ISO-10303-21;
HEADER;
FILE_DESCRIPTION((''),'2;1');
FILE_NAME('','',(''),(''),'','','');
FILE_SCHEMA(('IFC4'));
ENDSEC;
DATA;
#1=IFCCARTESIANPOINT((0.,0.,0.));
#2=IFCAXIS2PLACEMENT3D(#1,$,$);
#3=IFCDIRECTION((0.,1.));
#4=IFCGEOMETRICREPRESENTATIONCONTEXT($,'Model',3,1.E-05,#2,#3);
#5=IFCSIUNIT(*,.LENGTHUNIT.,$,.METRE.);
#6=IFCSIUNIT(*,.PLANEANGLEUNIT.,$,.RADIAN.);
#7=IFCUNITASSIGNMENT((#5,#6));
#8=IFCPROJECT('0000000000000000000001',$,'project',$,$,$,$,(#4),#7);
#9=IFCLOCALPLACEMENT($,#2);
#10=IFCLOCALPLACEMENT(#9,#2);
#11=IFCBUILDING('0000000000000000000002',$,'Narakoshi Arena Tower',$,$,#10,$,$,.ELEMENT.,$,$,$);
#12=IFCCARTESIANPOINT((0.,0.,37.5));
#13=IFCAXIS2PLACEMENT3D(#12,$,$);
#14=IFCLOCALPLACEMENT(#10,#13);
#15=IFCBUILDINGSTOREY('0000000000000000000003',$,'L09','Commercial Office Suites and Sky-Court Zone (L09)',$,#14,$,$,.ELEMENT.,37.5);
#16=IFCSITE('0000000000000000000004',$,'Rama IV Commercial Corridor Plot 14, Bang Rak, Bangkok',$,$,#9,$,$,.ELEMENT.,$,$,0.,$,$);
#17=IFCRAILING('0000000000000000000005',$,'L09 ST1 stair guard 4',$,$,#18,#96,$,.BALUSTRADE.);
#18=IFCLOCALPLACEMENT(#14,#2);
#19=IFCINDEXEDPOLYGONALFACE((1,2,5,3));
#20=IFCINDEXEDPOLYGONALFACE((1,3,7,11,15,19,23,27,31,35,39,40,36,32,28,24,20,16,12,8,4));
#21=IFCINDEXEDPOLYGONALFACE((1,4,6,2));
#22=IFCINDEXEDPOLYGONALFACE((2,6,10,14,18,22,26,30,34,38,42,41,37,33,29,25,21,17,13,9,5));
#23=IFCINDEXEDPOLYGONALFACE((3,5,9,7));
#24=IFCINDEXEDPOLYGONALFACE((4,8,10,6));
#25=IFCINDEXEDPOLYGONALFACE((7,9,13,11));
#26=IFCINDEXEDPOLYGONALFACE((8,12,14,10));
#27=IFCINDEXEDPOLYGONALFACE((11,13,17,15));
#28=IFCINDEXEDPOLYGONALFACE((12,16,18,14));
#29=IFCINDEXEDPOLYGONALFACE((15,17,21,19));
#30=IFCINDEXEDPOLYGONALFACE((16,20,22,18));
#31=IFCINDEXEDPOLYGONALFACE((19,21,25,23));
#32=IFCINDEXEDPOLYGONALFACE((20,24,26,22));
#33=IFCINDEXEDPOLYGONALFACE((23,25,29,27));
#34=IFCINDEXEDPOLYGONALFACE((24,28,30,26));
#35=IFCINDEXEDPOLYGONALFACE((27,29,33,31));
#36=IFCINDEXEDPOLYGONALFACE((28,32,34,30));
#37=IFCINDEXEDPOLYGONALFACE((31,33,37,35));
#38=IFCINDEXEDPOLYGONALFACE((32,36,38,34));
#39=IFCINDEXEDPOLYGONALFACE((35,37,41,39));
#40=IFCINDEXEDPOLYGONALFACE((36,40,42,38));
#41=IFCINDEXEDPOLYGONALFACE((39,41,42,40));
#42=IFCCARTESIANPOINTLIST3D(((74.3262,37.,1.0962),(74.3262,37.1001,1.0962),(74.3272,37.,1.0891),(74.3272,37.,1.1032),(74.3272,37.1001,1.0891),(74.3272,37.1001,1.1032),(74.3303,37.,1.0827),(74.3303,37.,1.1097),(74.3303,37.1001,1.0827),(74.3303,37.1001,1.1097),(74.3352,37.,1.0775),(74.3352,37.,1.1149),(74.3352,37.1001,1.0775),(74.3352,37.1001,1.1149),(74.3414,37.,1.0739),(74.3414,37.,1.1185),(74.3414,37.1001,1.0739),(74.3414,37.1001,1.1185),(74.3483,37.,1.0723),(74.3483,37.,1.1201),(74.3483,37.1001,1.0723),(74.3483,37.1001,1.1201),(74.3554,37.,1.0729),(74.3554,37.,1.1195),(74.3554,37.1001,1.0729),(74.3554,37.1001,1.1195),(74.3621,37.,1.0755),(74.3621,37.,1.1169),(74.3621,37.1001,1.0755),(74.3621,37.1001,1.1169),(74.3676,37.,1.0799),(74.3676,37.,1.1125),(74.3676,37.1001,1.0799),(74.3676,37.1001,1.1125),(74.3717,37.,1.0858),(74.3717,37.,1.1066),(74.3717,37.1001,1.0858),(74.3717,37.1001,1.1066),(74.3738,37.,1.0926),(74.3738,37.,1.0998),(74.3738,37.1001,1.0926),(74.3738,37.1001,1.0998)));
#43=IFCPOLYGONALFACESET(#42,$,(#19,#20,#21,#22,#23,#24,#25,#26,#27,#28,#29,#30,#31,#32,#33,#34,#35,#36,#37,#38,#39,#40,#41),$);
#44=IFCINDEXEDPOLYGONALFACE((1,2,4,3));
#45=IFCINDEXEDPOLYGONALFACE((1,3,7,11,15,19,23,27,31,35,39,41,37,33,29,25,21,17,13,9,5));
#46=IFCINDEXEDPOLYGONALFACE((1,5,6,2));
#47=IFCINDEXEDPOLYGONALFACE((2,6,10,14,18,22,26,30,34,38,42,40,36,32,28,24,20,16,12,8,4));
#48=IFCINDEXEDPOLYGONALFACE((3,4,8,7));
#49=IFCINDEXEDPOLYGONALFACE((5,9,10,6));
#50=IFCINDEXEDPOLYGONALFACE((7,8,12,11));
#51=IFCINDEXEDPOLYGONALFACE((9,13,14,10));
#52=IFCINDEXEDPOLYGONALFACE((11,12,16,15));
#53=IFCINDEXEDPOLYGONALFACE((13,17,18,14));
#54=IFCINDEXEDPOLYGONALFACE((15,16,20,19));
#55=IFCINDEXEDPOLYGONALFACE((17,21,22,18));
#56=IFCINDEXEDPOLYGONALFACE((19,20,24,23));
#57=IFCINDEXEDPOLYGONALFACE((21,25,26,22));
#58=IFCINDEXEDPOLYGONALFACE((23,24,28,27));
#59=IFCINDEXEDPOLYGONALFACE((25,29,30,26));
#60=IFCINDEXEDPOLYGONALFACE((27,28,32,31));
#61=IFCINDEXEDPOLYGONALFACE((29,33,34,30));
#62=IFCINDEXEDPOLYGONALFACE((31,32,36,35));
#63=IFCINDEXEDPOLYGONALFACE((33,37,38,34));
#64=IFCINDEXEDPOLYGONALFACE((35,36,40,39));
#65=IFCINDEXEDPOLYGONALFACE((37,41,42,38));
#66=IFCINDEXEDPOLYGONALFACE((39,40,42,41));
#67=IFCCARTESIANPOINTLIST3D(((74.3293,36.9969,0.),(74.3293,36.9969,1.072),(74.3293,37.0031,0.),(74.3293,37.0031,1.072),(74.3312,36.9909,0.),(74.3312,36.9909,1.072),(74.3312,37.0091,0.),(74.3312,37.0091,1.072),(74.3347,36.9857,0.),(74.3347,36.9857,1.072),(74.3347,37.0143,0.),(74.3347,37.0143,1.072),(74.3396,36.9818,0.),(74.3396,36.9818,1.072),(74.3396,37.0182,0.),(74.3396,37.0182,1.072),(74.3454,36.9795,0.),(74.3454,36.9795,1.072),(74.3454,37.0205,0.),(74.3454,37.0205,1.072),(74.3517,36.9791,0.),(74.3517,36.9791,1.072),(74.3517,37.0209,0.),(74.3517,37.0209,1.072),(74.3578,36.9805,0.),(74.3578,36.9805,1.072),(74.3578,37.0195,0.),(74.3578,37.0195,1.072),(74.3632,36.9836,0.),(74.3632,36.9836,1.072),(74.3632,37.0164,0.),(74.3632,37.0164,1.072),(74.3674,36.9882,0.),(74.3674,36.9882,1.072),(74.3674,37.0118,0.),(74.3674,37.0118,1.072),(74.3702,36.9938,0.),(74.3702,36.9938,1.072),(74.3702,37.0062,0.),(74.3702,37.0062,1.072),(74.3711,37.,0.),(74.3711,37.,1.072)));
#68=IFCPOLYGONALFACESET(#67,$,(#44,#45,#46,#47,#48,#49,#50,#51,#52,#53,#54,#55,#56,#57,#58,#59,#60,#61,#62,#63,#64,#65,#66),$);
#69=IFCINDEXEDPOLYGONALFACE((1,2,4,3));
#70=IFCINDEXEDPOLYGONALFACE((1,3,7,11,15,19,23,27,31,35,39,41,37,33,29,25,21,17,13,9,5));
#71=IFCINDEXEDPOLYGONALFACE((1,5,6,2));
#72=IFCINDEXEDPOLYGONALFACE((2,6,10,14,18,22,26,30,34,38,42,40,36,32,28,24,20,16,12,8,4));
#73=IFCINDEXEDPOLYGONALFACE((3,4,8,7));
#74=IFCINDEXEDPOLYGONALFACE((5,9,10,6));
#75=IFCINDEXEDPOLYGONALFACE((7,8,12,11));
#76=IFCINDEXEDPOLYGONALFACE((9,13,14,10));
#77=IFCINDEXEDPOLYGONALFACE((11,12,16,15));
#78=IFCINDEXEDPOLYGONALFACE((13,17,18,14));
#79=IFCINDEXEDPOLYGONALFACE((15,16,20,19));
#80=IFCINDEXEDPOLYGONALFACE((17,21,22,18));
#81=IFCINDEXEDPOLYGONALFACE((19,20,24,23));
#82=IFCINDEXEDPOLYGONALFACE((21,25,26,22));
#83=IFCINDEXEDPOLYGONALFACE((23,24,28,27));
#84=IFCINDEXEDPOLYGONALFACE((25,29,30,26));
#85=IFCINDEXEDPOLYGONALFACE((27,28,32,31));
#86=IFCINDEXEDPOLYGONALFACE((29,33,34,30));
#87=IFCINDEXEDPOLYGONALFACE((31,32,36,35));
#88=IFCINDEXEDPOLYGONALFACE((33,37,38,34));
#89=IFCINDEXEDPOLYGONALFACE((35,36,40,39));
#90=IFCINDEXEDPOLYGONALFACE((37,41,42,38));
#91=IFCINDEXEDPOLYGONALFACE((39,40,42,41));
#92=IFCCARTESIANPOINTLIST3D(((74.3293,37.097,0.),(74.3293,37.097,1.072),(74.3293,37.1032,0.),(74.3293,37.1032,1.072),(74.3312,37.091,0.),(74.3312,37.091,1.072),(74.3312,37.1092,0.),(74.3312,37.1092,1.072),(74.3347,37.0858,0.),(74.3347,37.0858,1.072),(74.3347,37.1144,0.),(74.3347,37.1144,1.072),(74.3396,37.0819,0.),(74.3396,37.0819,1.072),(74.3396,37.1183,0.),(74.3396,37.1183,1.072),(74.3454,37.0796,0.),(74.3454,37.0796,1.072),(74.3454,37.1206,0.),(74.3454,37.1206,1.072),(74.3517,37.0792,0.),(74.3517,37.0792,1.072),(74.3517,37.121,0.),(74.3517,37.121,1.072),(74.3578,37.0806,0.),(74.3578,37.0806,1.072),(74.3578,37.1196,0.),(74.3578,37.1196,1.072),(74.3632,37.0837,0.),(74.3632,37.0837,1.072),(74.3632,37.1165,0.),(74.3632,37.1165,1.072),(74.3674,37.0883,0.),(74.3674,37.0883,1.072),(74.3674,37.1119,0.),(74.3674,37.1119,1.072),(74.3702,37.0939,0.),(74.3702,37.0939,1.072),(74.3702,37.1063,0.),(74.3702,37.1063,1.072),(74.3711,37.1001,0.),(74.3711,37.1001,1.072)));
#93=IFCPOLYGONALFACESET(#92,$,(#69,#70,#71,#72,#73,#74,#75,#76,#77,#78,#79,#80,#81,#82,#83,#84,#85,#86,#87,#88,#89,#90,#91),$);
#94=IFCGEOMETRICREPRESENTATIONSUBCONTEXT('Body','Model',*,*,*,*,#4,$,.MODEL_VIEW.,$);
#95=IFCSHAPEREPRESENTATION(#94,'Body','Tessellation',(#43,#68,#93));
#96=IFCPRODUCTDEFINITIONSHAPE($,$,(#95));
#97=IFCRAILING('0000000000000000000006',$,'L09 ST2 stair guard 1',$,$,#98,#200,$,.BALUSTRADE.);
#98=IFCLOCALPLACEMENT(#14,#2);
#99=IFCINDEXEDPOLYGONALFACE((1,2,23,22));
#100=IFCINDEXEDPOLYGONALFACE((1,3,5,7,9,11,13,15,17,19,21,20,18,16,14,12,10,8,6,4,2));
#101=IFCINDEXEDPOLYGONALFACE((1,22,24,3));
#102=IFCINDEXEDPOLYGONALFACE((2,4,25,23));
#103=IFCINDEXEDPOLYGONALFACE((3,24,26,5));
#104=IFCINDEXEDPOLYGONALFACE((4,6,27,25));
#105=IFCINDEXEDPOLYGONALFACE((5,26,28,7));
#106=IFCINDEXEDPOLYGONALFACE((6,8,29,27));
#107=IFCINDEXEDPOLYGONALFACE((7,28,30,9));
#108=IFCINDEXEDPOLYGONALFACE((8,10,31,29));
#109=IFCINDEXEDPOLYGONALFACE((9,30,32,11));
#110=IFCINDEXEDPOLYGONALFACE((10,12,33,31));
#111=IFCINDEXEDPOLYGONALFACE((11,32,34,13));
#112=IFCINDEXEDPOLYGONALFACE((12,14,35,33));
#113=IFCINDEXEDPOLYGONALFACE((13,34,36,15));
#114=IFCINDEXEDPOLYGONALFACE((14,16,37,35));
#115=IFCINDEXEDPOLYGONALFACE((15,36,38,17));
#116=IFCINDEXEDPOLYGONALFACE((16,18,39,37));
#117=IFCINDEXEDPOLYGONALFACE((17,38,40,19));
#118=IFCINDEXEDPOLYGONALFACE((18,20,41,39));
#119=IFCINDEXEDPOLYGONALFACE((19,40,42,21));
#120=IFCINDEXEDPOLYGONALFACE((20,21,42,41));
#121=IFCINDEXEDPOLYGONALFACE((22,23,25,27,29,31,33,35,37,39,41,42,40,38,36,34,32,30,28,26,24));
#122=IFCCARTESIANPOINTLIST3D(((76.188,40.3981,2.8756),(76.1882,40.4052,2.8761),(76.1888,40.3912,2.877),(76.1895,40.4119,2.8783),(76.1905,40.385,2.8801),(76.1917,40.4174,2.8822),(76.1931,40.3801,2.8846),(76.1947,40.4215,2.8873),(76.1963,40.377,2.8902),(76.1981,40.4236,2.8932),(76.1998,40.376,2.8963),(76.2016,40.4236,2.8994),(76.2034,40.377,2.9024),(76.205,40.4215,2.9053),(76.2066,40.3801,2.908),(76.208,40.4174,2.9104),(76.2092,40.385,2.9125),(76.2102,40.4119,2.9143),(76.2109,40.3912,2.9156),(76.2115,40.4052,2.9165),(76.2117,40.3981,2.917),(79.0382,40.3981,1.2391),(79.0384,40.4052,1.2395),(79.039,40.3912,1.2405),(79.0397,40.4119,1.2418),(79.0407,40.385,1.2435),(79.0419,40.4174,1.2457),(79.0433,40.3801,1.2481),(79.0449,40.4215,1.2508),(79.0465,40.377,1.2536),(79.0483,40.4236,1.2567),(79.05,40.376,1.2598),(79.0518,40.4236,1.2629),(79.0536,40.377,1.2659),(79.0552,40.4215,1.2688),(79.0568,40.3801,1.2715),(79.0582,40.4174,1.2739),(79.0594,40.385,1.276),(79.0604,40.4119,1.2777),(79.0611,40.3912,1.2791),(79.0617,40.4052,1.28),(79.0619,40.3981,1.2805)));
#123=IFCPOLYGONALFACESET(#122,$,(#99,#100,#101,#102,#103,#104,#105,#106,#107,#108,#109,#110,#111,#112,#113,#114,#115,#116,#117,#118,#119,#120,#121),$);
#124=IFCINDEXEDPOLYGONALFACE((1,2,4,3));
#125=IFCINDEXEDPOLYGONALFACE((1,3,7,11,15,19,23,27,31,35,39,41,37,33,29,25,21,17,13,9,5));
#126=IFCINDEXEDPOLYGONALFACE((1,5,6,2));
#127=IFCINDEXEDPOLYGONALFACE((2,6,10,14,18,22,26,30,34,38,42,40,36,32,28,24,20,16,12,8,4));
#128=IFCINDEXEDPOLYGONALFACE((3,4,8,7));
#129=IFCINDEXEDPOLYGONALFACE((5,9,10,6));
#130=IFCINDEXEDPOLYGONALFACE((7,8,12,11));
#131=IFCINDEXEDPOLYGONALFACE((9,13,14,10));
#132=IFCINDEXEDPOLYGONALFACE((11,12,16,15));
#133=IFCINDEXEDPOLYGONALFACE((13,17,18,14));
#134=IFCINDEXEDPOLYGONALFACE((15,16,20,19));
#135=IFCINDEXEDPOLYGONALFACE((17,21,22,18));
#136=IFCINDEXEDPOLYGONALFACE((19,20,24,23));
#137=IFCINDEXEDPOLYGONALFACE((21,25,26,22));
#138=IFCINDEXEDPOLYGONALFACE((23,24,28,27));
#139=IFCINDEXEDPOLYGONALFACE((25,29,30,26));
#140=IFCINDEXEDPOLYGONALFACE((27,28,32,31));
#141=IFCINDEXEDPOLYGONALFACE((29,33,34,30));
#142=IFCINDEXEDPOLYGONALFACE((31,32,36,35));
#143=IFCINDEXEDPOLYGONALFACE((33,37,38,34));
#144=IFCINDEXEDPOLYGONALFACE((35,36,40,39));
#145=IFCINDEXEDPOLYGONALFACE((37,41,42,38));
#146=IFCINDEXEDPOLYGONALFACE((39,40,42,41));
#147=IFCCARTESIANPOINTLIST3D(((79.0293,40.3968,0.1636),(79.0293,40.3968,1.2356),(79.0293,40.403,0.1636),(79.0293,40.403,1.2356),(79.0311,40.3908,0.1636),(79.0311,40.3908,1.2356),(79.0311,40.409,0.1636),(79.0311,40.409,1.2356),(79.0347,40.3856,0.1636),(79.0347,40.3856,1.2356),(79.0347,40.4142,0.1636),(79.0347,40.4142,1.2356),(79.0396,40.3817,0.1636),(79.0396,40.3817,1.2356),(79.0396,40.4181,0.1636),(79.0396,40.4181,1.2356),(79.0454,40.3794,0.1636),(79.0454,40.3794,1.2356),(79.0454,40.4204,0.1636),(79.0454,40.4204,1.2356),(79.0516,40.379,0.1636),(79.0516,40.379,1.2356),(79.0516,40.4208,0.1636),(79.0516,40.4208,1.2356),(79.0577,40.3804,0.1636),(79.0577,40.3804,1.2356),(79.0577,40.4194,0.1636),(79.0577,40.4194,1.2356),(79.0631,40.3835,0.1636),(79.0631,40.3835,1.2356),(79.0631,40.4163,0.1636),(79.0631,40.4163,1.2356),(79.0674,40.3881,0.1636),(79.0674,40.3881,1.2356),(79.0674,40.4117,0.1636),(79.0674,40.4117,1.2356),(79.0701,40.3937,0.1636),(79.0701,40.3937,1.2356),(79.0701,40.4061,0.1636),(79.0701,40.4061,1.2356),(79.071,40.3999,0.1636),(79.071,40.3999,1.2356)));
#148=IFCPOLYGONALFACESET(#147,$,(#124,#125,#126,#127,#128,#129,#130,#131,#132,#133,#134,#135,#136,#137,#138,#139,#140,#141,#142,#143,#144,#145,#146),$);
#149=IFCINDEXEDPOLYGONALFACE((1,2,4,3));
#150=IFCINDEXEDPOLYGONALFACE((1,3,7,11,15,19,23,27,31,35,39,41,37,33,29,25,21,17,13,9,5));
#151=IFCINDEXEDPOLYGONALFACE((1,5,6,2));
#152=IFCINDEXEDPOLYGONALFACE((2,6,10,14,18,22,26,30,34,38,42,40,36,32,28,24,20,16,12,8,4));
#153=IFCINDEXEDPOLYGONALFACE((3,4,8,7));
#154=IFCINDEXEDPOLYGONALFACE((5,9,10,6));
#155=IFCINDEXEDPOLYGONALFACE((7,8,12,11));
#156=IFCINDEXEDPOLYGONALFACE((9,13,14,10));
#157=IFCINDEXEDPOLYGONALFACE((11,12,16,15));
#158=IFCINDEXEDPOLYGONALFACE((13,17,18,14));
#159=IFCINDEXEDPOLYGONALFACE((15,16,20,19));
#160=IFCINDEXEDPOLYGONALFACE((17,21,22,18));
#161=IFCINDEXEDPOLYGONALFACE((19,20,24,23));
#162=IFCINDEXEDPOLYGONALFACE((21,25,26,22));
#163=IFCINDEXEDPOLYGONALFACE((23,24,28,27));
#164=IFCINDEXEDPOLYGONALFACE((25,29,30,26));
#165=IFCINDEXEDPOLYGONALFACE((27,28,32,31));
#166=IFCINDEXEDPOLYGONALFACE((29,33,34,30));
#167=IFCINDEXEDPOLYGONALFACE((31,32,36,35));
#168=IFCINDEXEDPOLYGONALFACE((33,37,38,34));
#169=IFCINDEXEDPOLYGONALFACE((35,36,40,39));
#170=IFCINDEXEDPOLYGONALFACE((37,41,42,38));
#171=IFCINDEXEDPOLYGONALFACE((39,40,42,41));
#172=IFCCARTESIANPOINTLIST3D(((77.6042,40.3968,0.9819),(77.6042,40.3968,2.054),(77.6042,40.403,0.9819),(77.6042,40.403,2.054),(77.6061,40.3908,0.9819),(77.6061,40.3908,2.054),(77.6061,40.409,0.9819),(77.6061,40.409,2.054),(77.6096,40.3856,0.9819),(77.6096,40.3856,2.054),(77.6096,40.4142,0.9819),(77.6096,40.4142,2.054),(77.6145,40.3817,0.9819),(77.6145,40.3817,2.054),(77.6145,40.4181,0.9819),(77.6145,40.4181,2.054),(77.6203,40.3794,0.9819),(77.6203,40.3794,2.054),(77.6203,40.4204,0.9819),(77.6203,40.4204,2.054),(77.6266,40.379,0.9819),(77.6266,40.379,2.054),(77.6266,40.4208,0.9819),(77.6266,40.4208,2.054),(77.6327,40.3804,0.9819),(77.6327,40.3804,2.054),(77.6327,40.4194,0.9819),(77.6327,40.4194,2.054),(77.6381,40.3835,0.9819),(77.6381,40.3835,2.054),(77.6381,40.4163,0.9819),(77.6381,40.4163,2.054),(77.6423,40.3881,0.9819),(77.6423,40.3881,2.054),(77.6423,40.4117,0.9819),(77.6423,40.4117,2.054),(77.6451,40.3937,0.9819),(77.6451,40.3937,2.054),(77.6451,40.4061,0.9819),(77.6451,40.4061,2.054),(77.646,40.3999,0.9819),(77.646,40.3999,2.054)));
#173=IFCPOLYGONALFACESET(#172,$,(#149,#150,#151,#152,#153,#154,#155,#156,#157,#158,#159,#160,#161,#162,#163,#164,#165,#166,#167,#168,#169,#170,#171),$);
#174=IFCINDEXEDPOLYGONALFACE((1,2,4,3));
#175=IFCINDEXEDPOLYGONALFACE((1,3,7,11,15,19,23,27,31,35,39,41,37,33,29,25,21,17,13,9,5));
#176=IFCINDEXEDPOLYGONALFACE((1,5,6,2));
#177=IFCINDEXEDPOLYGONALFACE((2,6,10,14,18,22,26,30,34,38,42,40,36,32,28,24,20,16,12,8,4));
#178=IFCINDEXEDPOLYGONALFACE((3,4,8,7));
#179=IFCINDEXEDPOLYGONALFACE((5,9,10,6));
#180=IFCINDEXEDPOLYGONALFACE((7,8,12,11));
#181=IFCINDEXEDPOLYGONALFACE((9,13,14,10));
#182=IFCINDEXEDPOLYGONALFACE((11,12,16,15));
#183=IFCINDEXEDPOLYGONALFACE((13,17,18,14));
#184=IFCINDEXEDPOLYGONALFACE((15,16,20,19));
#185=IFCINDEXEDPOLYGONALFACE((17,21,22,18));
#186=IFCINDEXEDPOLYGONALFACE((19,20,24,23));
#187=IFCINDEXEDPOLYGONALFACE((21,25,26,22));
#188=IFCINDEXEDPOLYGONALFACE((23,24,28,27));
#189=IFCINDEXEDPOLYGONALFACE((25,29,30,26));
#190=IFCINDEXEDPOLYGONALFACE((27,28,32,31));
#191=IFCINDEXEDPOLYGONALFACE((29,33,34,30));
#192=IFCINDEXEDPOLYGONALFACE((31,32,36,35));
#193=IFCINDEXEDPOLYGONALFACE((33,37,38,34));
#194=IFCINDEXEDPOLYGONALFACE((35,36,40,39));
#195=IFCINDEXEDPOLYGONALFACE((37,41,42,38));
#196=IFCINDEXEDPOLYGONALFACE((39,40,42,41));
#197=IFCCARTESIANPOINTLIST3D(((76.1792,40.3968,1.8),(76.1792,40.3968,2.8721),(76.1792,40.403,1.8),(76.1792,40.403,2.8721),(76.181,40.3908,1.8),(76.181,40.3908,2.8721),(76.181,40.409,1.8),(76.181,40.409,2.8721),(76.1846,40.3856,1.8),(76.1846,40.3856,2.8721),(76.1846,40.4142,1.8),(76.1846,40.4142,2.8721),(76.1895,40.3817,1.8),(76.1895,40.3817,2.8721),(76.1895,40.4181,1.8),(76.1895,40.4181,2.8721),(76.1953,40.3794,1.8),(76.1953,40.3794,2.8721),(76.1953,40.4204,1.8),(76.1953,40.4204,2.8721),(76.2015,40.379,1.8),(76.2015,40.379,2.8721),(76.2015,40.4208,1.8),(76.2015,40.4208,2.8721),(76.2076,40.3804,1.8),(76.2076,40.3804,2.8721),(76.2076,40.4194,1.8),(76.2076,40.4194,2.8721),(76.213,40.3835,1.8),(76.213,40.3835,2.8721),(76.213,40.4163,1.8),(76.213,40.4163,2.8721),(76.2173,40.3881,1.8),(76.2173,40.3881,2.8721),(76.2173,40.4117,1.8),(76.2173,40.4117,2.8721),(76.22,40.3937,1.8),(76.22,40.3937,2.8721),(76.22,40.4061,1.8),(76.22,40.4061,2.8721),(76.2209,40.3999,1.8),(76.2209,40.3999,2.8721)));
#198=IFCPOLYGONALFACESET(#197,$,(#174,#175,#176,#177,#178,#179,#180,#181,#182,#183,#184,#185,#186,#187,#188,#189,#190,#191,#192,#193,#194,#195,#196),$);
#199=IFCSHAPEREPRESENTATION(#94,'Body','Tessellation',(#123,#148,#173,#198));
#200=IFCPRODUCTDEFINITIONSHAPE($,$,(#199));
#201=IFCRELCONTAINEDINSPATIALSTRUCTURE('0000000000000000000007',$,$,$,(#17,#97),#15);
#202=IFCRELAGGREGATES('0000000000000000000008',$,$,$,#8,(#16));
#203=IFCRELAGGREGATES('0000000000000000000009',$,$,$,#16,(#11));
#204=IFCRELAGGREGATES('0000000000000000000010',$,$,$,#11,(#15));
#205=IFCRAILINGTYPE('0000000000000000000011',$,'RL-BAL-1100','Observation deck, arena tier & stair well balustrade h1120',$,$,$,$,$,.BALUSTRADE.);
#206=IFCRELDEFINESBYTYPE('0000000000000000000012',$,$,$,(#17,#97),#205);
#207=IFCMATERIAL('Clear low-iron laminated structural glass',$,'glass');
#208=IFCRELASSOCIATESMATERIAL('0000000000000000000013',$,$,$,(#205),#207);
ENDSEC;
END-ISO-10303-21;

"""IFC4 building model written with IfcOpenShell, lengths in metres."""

from ifc_helpers import new_model, si_unit, direction, frame, origin, origin_2d, place, context, subcontext, project, spatial, circle, extrude, material, type_object, element, save


model = new_model("IFC4")

# Units and contexts
model_context = context("Model", 3, precision=1e-05, world=origin(), true_north=direction((0.0, 1.0)))
body_context = subcontext(model_context, "Body", "Model", "MODEL_VIEW")
ifc_project = project(units=[si_unit("LENGTHUNIT", "METRE"), si_unit("PLANEANGLEUNIT", "RADIAN")], contexts=[model_context])

# Site, building, storey
site_placement = place(None, origin())
site = spatial("IfcSite", under=ifc_project, at=site_placement, Name="Rama IV Commercial Corridor Plot 14, Bang Rak, Bangkok", CompositionType="ELEMENT", RefElevation=0.0)
building_placement = place(site_placement, origin())
building = spatial("IfcBuilding", under=site, at=building_placement, Name="Narakoshi Arena Tower", CompositionType="ELEMENT")
storey_placement = place(building_placement, frame((0.0, 0.0, 37.5)))
storey = spatial("IfcBuildingStorey", under=building, at=storey_placement, Name="L09", Description="Commercial Office Suites and Sky-Court Zone (L09)", CompositionType="ELEMENT", Elevation=37.5)

# Railings
ifc_material_1 = material(Name="Clear low-iron laminated structural glass", Category="glass")
railing_type_1 = type_object("IfcRailingType", Name="RL-BAL-1100", Description="Observation deck, arena tier & stair well balustrade h1120", PredefinedType="BALUSTRADE", material=ifc_material_1)
railing_1_placement = place(storey_placement, frame((74.3501, 37.0, 0.0)))
element("IfcRailing", 1, at=railing_1_placement, inside=storey, type_object=railing_type_1, Name="L09 ST1 stair guard 4", PredefinedType="BALUSTRADE", context=body_context, shape_type="SweptSolid", body=[
    extrude(circle(Radius=0.0239, at=origin_2d()), frame((0.0, 0.0, 1.0962), z_axis=(0.0, 1.0, 0.0), x_axis=(-1.0, 0.0, 0.0)), (0.0, 0.0, 1.0), 0.1001),
    extrude(circle(Radius=0.021, at=origin_2d()), origin(), (0.0, 0.0, 1.0), 1.072),
    extrude(circle(Radius=0.021, at=origin_2d()), frame((0.0, 0.1001, 0.0)), (0.0, 0.0, 1.0), 1.072),
])
railing_2_placement = place(storey_placement, frame((79.05, 40.3999, 0.1636)))
element("IfcRailing", 2, at=railing_2_placement, inside=storey, type_object=railing_type_1, Name="L09 ST2 stair guard 1", PredefinedType="BALUSTRADE", context=body_context, shape_type="SweptSolid", body=[
    extrude(circle(Radius=0.0239, at=origin_2d()), frame((0.0, 0.0, 1.0962), z_axis=(-0.867213, 0.0, 0.497938), x_axis=(0.0, -1.0, 0.0)), (0.0, 0.0, 1.0), 3.2866),
    extrude(circle(Radius=0.021, at=origin_2d()), origin(), (0.0, 0.0, 1.0), 1.072),
    extrude(circle(Radius=0.021, at=origin_2d()), frame((-1.425, 0.0, 0.8184)), (0.0, 0.0, 1.0), 1.072),
    extrude(circle(Radius=0.021, at=origin_2d()), frame((-2.8501, 0.0, 1.6365)), (0.0, 0.0, 1.0), 1.072),
])

save(model, "model.ifc")
